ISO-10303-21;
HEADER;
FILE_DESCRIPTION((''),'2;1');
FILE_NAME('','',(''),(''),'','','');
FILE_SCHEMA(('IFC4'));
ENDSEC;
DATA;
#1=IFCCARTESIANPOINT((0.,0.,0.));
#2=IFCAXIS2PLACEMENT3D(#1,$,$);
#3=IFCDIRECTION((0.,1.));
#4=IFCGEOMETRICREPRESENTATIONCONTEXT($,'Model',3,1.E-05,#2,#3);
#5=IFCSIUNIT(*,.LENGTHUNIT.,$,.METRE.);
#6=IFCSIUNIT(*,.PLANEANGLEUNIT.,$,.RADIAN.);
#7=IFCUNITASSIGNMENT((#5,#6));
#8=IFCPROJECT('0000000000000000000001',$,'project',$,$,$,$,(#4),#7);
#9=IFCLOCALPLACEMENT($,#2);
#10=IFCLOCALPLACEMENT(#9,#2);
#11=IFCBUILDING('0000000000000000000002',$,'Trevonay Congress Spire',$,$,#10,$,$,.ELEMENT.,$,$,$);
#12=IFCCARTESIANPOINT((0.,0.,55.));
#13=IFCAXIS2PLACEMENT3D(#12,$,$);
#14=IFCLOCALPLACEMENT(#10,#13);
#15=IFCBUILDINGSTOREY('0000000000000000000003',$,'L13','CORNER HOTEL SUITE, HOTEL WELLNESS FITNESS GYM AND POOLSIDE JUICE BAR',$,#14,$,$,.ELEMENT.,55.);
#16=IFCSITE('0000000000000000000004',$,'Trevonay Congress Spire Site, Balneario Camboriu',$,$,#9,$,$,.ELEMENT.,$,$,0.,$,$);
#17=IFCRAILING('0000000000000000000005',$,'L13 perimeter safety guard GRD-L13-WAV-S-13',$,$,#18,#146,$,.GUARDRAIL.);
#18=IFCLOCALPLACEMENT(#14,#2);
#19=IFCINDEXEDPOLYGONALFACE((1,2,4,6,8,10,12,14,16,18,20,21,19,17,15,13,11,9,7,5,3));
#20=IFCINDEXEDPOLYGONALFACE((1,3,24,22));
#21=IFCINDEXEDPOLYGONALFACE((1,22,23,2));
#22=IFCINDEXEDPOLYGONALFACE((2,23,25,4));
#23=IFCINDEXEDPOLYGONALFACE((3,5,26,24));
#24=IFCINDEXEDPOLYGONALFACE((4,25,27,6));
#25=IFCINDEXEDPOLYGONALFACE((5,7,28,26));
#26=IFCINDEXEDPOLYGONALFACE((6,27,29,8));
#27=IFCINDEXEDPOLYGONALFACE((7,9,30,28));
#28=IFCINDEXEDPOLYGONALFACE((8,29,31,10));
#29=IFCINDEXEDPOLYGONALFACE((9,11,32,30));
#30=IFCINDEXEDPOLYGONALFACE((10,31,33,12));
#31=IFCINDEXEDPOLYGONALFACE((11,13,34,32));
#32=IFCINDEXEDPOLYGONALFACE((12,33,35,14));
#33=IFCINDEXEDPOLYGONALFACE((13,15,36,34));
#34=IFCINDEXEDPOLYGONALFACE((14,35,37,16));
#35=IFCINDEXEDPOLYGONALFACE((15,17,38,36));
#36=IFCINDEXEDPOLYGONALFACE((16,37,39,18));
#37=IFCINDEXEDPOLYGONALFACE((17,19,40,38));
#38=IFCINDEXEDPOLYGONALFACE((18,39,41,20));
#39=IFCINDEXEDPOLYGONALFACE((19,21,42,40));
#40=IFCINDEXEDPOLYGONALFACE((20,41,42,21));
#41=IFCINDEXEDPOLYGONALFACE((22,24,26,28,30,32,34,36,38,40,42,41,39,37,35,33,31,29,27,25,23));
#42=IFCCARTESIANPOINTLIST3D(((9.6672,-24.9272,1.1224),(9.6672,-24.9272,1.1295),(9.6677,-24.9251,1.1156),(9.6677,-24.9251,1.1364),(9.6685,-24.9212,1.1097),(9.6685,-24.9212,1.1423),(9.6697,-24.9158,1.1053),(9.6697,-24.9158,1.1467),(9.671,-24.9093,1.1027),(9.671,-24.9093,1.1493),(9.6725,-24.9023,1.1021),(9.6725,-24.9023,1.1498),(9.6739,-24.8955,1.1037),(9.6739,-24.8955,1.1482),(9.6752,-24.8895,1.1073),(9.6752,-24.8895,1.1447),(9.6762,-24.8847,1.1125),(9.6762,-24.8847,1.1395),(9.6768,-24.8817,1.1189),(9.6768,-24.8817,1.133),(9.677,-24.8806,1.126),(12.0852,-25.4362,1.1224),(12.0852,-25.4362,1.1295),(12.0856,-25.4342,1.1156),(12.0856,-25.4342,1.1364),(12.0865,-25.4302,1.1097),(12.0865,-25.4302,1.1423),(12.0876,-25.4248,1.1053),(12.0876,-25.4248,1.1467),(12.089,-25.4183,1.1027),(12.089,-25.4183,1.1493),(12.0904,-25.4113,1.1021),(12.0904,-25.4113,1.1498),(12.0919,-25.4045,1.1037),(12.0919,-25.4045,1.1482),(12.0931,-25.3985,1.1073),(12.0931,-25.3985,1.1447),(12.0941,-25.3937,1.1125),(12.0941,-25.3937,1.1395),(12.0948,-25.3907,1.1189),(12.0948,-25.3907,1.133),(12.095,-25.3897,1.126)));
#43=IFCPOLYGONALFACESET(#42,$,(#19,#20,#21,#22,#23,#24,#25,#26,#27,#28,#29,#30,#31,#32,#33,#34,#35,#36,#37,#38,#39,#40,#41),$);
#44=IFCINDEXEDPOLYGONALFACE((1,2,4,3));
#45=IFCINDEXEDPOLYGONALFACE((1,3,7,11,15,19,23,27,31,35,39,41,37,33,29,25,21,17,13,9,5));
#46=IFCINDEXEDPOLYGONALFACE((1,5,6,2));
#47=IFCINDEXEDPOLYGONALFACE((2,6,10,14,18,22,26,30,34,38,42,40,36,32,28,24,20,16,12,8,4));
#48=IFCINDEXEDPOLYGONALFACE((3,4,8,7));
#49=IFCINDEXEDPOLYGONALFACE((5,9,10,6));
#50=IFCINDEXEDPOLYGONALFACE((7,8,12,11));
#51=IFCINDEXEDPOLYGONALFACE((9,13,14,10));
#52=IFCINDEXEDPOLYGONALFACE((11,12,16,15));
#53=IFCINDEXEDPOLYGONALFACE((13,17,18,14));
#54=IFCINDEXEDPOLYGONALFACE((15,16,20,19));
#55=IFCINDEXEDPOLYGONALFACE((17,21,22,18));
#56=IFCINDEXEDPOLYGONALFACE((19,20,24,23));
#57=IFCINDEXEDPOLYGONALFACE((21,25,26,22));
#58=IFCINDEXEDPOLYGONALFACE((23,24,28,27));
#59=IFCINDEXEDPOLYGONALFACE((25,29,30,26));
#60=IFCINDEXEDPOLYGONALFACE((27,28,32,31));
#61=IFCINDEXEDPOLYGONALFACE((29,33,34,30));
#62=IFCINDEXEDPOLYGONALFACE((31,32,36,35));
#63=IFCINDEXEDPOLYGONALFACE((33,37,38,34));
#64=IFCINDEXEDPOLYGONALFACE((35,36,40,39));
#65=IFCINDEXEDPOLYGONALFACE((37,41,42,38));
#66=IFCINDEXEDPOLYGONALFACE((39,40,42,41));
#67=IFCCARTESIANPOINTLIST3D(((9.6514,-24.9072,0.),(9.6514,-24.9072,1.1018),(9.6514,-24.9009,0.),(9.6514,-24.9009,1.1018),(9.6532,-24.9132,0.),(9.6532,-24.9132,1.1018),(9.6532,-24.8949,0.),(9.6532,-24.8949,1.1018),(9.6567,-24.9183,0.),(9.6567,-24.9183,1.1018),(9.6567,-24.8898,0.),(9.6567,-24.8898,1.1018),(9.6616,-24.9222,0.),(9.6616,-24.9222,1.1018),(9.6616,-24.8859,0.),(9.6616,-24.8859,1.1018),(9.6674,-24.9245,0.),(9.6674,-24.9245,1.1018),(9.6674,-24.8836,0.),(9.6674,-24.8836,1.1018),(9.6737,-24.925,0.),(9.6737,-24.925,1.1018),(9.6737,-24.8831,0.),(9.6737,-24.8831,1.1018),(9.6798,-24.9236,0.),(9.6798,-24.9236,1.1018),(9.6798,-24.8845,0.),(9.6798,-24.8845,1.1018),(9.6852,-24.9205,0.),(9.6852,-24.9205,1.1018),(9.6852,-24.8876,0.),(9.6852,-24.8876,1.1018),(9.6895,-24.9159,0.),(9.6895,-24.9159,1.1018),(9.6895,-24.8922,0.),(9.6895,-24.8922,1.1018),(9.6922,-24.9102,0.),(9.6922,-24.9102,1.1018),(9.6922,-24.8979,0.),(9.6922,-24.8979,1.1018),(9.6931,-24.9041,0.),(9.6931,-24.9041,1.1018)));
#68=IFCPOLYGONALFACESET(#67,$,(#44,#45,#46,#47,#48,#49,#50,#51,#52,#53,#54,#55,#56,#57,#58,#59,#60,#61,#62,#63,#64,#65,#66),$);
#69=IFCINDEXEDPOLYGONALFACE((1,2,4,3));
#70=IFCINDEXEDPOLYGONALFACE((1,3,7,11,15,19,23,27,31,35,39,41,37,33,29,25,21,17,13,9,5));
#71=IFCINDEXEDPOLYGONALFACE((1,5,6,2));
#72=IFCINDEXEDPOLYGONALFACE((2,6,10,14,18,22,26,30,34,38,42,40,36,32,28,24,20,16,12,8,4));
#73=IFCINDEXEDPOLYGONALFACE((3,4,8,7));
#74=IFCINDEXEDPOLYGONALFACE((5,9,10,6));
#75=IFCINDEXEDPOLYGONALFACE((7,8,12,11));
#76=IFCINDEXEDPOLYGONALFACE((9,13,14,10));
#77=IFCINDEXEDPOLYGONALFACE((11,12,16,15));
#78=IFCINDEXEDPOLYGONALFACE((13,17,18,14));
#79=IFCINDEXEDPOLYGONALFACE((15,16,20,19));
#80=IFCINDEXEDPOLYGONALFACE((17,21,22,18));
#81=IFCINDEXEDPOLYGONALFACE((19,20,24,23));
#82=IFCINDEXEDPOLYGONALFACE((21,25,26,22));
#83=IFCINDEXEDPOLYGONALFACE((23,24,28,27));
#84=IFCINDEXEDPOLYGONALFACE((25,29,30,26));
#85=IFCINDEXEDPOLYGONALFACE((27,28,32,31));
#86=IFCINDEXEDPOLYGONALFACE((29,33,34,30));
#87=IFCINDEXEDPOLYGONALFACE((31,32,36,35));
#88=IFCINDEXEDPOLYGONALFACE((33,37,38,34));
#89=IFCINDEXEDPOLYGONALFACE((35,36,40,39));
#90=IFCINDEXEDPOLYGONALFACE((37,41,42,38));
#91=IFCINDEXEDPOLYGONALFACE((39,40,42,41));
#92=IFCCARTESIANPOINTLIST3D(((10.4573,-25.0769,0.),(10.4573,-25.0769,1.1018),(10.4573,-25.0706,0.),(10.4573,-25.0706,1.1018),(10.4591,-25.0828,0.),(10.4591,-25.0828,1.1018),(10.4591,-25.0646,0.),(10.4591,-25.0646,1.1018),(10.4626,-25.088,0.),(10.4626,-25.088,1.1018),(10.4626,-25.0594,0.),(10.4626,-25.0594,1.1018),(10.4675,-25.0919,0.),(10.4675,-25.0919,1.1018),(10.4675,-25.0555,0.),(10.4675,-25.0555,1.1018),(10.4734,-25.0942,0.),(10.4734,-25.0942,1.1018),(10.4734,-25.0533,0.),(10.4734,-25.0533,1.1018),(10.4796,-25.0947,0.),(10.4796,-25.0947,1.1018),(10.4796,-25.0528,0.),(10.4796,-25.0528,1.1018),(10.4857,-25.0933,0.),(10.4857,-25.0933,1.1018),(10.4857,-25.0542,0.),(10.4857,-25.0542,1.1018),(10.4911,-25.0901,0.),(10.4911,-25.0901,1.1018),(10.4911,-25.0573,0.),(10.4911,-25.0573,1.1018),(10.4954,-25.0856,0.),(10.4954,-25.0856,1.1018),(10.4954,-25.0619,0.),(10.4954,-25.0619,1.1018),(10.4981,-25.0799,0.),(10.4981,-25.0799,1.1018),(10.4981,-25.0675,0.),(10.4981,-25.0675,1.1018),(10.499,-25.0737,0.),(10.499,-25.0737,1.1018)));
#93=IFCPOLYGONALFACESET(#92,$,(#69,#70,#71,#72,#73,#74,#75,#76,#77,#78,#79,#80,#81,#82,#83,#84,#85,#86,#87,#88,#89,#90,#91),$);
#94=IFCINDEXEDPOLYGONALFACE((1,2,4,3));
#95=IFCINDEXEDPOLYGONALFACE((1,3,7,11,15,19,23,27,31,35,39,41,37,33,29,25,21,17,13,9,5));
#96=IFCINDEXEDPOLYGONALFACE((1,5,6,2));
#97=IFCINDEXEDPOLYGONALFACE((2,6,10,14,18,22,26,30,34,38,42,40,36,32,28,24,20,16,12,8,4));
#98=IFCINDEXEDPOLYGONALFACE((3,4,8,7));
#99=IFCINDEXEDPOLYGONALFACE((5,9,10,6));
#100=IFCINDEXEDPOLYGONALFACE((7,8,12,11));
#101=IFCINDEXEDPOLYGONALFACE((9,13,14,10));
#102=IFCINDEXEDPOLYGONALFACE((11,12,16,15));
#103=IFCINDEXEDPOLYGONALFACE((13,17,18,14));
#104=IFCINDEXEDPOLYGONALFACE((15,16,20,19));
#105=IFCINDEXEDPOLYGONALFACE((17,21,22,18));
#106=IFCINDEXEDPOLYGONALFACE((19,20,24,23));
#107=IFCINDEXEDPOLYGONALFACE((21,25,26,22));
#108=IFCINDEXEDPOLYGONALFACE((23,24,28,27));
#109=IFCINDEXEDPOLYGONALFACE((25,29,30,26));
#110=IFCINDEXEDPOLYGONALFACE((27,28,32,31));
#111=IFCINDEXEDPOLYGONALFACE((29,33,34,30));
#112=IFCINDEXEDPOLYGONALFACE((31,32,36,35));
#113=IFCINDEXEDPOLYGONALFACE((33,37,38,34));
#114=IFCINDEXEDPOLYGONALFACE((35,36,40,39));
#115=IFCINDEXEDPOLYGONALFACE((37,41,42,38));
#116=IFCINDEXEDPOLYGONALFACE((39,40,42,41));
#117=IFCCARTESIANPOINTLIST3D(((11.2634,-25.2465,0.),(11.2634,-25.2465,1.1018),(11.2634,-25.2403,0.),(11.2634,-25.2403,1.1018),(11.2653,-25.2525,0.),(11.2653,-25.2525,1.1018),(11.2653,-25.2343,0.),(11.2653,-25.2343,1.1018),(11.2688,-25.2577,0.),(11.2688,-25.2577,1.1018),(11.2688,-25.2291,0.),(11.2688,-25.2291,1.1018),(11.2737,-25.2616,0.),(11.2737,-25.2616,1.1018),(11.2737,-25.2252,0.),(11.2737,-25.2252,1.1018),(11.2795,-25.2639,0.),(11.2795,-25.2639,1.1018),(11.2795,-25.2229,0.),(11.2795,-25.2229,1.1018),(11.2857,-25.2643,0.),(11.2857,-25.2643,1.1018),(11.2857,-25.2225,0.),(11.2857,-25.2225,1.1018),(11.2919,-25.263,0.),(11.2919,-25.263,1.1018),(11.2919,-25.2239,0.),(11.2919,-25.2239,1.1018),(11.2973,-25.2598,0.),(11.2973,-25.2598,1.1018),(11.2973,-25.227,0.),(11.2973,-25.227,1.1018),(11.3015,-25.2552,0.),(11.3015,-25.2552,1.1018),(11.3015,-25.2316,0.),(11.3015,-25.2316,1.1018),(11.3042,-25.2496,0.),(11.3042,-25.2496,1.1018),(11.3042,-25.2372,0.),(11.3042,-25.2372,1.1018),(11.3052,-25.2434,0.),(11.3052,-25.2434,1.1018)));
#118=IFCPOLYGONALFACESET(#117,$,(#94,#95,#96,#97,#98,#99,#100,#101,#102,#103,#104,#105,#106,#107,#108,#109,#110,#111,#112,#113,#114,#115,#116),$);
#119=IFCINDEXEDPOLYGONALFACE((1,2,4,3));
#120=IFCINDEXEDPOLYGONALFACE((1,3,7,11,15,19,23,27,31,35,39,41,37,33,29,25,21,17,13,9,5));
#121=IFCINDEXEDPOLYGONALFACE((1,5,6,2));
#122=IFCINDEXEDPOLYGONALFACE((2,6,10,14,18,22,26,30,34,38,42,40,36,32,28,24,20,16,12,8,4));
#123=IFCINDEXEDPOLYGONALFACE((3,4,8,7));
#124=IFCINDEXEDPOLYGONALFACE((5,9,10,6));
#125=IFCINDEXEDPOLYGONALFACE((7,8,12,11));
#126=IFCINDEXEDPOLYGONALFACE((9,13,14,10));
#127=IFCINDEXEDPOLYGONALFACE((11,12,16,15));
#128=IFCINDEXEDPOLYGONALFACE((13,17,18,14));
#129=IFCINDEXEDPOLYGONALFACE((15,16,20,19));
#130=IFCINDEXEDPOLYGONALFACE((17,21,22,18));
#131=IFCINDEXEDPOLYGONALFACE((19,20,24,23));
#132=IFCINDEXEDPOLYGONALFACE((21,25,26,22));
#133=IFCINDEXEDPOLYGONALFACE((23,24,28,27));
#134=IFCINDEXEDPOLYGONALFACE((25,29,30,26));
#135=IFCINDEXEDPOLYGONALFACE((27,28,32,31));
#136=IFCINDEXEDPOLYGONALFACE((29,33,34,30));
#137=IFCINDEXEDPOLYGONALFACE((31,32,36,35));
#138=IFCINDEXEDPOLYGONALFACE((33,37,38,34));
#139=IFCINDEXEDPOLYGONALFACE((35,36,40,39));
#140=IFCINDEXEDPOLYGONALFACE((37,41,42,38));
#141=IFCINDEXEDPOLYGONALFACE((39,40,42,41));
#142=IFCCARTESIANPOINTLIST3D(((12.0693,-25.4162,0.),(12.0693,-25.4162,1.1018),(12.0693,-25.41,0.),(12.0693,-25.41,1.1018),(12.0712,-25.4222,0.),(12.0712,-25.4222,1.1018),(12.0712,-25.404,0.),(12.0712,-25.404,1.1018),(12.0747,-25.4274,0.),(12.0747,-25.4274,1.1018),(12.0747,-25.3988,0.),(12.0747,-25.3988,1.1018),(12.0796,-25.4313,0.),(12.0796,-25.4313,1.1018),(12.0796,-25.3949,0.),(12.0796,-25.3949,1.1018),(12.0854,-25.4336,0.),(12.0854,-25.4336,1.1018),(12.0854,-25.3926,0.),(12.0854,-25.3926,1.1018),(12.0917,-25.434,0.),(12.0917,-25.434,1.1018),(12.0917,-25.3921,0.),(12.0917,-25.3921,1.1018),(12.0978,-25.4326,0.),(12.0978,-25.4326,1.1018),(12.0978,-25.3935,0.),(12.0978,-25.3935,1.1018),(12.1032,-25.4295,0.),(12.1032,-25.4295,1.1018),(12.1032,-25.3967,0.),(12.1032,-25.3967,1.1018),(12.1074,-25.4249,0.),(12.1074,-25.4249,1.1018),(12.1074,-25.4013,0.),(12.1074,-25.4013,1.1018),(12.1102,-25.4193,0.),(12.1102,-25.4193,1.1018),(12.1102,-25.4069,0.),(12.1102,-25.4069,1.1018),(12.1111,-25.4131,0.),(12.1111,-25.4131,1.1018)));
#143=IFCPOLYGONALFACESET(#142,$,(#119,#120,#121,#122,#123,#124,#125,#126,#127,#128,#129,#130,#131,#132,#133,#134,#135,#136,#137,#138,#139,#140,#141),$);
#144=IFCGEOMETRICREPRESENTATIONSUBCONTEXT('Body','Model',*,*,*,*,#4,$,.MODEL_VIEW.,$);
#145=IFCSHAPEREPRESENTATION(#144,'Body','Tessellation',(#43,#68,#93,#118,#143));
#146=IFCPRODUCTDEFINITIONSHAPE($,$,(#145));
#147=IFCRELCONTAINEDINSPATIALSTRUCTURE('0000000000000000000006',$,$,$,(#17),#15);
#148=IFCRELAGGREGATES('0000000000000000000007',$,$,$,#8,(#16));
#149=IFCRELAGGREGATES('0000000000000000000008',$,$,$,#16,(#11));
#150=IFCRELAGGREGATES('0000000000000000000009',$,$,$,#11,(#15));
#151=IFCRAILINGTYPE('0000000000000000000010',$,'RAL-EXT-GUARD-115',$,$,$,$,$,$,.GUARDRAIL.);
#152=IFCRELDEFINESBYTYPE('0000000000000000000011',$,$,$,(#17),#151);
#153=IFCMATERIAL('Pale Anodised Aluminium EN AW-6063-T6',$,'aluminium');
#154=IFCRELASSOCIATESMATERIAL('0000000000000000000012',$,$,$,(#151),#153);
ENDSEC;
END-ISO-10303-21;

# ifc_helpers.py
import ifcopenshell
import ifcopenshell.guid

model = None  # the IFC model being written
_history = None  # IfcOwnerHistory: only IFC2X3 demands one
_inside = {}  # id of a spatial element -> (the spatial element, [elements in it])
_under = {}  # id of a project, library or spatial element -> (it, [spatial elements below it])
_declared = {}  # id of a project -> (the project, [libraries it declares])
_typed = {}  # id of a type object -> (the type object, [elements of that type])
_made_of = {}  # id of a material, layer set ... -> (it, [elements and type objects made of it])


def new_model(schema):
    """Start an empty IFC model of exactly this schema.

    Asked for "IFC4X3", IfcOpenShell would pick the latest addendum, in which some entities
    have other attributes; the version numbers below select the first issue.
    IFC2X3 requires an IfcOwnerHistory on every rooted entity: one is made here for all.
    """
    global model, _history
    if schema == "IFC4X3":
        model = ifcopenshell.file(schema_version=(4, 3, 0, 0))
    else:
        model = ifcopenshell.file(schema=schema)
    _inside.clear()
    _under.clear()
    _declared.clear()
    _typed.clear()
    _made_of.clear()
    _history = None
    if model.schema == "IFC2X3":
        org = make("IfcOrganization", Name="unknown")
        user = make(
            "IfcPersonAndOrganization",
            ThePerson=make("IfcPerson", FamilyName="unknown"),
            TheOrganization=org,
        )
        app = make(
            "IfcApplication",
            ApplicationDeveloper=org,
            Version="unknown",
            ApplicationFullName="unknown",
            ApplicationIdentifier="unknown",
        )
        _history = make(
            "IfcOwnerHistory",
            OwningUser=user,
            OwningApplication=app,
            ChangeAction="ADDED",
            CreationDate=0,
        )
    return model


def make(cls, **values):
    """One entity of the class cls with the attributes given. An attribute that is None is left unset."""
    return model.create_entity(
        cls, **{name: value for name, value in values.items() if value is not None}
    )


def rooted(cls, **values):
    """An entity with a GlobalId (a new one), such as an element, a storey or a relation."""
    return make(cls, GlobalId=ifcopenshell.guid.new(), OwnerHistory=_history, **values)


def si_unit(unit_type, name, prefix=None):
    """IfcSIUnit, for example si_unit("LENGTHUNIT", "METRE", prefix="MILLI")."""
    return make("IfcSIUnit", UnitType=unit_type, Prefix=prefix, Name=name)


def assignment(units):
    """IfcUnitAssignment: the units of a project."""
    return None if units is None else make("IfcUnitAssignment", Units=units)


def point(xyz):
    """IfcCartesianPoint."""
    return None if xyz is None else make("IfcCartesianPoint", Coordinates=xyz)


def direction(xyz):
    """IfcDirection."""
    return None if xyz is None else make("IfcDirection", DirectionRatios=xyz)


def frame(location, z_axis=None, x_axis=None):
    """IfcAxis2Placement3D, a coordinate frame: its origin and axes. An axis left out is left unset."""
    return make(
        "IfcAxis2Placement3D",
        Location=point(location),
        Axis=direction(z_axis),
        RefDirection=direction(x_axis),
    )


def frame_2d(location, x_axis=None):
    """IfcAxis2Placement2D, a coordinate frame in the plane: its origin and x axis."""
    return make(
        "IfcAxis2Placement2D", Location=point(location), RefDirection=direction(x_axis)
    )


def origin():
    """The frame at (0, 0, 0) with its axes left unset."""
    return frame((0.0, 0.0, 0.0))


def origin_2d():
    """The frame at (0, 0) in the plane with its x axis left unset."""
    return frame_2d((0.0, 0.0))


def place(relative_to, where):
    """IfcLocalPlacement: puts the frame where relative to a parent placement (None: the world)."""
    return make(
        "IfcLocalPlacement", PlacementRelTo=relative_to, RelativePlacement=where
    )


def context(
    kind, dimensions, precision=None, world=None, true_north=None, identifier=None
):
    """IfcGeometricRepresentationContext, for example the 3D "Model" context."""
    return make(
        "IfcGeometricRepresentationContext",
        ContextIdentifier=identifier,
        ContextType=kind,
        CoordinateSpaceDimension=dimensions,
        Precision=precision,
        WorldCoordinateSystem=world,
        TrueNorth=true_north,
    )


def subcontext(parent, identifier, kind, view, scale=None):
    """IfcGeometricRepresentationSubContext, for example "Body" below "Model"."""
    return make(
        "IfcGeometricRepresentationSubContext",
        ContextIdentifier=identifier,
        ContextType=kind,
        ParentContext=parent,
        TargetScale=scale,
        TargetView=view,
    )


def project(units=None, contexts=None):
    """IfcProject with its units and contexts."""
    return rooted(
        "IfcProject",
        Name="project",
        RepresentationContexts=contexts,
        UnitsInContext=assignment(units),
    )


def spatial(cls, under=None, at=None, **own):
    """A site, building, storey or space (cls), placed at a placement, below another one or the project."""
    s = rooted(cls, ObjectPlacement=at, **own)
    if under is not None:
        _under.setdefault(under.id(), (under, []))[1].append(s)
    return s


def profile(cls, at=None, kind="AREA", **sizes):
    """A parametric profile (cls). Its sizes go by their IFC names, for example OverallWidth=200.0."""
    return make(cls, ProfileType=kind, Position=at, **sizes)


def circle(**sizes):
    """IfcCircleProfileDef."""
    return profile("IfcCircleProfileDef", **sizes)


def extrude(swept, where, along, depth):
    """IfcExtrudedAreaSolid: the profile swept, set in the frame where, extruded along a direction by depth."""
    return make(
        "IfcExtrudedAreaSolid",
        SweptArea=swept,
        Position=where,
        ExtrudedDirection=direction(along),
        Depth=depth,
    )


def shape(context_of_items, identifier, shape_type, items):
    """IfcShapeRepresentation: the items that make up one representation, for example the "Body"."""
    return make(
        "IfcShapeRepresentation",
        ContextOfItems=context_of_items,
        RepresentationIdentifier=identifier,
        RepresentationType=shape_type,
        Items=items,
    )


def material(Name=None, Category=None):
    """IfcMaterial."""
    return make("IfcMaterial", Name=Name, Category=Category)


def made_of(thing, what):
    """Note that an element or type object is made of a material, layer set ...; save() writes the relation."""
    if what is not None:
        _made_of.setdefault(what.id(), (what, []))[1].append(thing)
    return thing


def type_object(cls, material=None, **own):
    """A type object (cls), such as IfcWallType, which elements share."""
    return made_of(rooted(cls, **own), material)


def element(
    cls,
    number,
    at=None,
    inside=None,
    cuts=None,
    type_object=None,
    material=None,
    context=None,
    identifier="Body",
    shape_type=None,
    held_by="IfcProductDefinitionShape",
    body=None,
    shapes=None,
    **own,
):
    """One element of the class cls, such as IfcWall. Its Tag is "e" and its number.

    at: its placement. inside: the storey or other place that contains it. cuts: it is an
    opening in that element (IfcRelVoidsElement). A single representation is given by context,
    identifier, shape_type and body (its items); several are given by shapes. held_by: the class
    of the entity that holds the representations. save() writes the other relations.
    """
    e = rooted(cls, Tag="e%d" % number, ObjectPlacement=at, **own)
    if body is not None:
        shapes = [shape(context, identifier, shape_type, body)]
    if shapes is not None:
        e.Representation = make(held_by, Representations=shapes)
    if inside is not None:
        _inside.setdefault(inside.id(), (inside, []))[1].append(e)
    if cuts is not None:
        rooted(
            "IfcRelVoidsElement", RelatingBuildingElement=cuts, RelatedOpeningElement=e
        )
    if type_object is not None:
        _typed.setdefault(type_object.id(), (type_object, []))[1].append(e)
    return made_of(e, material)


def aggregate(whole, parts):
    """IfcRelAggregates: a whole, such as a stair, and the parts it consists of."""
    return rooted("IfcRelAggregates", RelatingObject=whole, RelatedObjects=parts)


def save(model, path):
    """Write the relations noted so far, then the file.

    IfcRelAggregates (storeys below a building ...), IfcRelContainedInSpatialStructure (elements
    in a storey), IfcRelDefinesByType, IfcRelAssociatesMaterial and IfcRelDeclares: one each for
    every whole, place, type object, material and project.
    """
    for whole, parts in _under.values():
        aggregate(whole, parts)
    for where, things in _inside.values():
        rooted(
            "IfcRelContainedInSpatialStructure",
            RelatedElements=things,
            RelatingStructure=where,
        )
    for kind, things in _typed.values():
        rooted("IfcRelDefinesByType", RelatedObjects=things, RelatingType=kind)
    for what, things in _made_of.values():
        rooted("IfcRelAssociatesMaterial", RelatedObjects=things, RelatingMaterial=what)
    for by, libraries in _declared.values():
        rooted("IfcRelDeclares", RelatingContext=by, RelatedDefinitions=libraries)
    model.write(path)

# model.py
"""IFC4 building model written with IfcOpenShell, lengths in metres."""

from ifc_helpers import new_model, si_unit, direction, frame, origin, origin_2d, place, context, subcontext, project, spatial, circle, extrude, material, type_object, element, save


model = new_model("IFC4")

# Units and contexts
model_context = context("Model", 3, precision=1e-05, world=origin(), true_north=direction((0.0, 1.0)))
body_context = subcontext(model_context, "Body", "Model", "MODEL_VIEW")
ifc_project = project(units=[si_unit("LENGTHUNIT", "METRE"), si_unit("PLANEANGLEUNIT", "RADIAN")], contexts=[model_context])

# Site, building, storey
site_placement = place(None, origin())
site = spatial("IfcSite", under=ifc_project, at=site_placement, Name="Trevonay Congress Spire Site, Balneario Camboriu", CompositionType="ELEMENT", RefElevation=0.0)
building_placement = place(site_placement, origin())
building = spatial("IfcBuilding", under=site, at=building_placement, Name="Trevonay Congress Spire", CompositionType="ELEMENT")
storey_placement = place(building_placement, frame((0.0, 0.0, 55.0)))
storey = spatial("IfcBuildingStorey", under=building, at=storey_placement, Name="L13", Description="CORNER HOTEL SUITE, HOTEL WELLNESS FITNESS GYM AND POOLSIDE JUICE BAR", CompositionType="ELEMENT", Elevation=55.0)

# Shared definitions
ifc_material_1 = material(Name="Pale Anodised Aluminium EN AW-6063-T6", Category="aluminium")

# Railing
railing_type = type_object("IfcRailingType", Name="RAL-EXT-GUARD-115", PredefinedType="GUARDRAIL", material=ifc_material_1)
railing_1_placement = place(storey_placement, frame((9.6721, -24.9041, 0.0)))
element("IfcRailing", 1, at=railing_1_placement, inside=storey, type_object=railing_type, Name="L13 perimeter safety guard GRD-L13-WAV-S-13", PredefinedType="GUARDRAIL", context=body_context, shape_type="SweptSolid", body=[
    extrude(circle(Radius=0.0239, at=origin_2d()), frame((0.0, 0.0, 1.126), z_axis=(0.978551, -0.206006, 0.0), x_axis=(0.206006, 0.978551, 0.0)), (0.0, 0.0, 1.0), 2.4709),
    extrude(circle(Radius=0.021, at=origin_2d()), origin(), (0.0, 0.0, 1.0), 1.1018),
    extrude(circle(Radius=0.021, at=origin_2d()), frame((0.8059, -0.1697, 0.0)), (0.0, 0.0, 1.0), 1.1018),
    extrude(circle(Radius=0.021, at=origin_2d()), frame((1.6121, -0.3394, 0.0)), (0.0, 0.0, 1.0), 1.1018),
    extrude(circle(Radius=0.021, at=origin_2d()), frame((2.418, -0.509, 0.0)), (0.0, 0.0, 1.0), 1.1018),
])

save(model, "model.ifc")
